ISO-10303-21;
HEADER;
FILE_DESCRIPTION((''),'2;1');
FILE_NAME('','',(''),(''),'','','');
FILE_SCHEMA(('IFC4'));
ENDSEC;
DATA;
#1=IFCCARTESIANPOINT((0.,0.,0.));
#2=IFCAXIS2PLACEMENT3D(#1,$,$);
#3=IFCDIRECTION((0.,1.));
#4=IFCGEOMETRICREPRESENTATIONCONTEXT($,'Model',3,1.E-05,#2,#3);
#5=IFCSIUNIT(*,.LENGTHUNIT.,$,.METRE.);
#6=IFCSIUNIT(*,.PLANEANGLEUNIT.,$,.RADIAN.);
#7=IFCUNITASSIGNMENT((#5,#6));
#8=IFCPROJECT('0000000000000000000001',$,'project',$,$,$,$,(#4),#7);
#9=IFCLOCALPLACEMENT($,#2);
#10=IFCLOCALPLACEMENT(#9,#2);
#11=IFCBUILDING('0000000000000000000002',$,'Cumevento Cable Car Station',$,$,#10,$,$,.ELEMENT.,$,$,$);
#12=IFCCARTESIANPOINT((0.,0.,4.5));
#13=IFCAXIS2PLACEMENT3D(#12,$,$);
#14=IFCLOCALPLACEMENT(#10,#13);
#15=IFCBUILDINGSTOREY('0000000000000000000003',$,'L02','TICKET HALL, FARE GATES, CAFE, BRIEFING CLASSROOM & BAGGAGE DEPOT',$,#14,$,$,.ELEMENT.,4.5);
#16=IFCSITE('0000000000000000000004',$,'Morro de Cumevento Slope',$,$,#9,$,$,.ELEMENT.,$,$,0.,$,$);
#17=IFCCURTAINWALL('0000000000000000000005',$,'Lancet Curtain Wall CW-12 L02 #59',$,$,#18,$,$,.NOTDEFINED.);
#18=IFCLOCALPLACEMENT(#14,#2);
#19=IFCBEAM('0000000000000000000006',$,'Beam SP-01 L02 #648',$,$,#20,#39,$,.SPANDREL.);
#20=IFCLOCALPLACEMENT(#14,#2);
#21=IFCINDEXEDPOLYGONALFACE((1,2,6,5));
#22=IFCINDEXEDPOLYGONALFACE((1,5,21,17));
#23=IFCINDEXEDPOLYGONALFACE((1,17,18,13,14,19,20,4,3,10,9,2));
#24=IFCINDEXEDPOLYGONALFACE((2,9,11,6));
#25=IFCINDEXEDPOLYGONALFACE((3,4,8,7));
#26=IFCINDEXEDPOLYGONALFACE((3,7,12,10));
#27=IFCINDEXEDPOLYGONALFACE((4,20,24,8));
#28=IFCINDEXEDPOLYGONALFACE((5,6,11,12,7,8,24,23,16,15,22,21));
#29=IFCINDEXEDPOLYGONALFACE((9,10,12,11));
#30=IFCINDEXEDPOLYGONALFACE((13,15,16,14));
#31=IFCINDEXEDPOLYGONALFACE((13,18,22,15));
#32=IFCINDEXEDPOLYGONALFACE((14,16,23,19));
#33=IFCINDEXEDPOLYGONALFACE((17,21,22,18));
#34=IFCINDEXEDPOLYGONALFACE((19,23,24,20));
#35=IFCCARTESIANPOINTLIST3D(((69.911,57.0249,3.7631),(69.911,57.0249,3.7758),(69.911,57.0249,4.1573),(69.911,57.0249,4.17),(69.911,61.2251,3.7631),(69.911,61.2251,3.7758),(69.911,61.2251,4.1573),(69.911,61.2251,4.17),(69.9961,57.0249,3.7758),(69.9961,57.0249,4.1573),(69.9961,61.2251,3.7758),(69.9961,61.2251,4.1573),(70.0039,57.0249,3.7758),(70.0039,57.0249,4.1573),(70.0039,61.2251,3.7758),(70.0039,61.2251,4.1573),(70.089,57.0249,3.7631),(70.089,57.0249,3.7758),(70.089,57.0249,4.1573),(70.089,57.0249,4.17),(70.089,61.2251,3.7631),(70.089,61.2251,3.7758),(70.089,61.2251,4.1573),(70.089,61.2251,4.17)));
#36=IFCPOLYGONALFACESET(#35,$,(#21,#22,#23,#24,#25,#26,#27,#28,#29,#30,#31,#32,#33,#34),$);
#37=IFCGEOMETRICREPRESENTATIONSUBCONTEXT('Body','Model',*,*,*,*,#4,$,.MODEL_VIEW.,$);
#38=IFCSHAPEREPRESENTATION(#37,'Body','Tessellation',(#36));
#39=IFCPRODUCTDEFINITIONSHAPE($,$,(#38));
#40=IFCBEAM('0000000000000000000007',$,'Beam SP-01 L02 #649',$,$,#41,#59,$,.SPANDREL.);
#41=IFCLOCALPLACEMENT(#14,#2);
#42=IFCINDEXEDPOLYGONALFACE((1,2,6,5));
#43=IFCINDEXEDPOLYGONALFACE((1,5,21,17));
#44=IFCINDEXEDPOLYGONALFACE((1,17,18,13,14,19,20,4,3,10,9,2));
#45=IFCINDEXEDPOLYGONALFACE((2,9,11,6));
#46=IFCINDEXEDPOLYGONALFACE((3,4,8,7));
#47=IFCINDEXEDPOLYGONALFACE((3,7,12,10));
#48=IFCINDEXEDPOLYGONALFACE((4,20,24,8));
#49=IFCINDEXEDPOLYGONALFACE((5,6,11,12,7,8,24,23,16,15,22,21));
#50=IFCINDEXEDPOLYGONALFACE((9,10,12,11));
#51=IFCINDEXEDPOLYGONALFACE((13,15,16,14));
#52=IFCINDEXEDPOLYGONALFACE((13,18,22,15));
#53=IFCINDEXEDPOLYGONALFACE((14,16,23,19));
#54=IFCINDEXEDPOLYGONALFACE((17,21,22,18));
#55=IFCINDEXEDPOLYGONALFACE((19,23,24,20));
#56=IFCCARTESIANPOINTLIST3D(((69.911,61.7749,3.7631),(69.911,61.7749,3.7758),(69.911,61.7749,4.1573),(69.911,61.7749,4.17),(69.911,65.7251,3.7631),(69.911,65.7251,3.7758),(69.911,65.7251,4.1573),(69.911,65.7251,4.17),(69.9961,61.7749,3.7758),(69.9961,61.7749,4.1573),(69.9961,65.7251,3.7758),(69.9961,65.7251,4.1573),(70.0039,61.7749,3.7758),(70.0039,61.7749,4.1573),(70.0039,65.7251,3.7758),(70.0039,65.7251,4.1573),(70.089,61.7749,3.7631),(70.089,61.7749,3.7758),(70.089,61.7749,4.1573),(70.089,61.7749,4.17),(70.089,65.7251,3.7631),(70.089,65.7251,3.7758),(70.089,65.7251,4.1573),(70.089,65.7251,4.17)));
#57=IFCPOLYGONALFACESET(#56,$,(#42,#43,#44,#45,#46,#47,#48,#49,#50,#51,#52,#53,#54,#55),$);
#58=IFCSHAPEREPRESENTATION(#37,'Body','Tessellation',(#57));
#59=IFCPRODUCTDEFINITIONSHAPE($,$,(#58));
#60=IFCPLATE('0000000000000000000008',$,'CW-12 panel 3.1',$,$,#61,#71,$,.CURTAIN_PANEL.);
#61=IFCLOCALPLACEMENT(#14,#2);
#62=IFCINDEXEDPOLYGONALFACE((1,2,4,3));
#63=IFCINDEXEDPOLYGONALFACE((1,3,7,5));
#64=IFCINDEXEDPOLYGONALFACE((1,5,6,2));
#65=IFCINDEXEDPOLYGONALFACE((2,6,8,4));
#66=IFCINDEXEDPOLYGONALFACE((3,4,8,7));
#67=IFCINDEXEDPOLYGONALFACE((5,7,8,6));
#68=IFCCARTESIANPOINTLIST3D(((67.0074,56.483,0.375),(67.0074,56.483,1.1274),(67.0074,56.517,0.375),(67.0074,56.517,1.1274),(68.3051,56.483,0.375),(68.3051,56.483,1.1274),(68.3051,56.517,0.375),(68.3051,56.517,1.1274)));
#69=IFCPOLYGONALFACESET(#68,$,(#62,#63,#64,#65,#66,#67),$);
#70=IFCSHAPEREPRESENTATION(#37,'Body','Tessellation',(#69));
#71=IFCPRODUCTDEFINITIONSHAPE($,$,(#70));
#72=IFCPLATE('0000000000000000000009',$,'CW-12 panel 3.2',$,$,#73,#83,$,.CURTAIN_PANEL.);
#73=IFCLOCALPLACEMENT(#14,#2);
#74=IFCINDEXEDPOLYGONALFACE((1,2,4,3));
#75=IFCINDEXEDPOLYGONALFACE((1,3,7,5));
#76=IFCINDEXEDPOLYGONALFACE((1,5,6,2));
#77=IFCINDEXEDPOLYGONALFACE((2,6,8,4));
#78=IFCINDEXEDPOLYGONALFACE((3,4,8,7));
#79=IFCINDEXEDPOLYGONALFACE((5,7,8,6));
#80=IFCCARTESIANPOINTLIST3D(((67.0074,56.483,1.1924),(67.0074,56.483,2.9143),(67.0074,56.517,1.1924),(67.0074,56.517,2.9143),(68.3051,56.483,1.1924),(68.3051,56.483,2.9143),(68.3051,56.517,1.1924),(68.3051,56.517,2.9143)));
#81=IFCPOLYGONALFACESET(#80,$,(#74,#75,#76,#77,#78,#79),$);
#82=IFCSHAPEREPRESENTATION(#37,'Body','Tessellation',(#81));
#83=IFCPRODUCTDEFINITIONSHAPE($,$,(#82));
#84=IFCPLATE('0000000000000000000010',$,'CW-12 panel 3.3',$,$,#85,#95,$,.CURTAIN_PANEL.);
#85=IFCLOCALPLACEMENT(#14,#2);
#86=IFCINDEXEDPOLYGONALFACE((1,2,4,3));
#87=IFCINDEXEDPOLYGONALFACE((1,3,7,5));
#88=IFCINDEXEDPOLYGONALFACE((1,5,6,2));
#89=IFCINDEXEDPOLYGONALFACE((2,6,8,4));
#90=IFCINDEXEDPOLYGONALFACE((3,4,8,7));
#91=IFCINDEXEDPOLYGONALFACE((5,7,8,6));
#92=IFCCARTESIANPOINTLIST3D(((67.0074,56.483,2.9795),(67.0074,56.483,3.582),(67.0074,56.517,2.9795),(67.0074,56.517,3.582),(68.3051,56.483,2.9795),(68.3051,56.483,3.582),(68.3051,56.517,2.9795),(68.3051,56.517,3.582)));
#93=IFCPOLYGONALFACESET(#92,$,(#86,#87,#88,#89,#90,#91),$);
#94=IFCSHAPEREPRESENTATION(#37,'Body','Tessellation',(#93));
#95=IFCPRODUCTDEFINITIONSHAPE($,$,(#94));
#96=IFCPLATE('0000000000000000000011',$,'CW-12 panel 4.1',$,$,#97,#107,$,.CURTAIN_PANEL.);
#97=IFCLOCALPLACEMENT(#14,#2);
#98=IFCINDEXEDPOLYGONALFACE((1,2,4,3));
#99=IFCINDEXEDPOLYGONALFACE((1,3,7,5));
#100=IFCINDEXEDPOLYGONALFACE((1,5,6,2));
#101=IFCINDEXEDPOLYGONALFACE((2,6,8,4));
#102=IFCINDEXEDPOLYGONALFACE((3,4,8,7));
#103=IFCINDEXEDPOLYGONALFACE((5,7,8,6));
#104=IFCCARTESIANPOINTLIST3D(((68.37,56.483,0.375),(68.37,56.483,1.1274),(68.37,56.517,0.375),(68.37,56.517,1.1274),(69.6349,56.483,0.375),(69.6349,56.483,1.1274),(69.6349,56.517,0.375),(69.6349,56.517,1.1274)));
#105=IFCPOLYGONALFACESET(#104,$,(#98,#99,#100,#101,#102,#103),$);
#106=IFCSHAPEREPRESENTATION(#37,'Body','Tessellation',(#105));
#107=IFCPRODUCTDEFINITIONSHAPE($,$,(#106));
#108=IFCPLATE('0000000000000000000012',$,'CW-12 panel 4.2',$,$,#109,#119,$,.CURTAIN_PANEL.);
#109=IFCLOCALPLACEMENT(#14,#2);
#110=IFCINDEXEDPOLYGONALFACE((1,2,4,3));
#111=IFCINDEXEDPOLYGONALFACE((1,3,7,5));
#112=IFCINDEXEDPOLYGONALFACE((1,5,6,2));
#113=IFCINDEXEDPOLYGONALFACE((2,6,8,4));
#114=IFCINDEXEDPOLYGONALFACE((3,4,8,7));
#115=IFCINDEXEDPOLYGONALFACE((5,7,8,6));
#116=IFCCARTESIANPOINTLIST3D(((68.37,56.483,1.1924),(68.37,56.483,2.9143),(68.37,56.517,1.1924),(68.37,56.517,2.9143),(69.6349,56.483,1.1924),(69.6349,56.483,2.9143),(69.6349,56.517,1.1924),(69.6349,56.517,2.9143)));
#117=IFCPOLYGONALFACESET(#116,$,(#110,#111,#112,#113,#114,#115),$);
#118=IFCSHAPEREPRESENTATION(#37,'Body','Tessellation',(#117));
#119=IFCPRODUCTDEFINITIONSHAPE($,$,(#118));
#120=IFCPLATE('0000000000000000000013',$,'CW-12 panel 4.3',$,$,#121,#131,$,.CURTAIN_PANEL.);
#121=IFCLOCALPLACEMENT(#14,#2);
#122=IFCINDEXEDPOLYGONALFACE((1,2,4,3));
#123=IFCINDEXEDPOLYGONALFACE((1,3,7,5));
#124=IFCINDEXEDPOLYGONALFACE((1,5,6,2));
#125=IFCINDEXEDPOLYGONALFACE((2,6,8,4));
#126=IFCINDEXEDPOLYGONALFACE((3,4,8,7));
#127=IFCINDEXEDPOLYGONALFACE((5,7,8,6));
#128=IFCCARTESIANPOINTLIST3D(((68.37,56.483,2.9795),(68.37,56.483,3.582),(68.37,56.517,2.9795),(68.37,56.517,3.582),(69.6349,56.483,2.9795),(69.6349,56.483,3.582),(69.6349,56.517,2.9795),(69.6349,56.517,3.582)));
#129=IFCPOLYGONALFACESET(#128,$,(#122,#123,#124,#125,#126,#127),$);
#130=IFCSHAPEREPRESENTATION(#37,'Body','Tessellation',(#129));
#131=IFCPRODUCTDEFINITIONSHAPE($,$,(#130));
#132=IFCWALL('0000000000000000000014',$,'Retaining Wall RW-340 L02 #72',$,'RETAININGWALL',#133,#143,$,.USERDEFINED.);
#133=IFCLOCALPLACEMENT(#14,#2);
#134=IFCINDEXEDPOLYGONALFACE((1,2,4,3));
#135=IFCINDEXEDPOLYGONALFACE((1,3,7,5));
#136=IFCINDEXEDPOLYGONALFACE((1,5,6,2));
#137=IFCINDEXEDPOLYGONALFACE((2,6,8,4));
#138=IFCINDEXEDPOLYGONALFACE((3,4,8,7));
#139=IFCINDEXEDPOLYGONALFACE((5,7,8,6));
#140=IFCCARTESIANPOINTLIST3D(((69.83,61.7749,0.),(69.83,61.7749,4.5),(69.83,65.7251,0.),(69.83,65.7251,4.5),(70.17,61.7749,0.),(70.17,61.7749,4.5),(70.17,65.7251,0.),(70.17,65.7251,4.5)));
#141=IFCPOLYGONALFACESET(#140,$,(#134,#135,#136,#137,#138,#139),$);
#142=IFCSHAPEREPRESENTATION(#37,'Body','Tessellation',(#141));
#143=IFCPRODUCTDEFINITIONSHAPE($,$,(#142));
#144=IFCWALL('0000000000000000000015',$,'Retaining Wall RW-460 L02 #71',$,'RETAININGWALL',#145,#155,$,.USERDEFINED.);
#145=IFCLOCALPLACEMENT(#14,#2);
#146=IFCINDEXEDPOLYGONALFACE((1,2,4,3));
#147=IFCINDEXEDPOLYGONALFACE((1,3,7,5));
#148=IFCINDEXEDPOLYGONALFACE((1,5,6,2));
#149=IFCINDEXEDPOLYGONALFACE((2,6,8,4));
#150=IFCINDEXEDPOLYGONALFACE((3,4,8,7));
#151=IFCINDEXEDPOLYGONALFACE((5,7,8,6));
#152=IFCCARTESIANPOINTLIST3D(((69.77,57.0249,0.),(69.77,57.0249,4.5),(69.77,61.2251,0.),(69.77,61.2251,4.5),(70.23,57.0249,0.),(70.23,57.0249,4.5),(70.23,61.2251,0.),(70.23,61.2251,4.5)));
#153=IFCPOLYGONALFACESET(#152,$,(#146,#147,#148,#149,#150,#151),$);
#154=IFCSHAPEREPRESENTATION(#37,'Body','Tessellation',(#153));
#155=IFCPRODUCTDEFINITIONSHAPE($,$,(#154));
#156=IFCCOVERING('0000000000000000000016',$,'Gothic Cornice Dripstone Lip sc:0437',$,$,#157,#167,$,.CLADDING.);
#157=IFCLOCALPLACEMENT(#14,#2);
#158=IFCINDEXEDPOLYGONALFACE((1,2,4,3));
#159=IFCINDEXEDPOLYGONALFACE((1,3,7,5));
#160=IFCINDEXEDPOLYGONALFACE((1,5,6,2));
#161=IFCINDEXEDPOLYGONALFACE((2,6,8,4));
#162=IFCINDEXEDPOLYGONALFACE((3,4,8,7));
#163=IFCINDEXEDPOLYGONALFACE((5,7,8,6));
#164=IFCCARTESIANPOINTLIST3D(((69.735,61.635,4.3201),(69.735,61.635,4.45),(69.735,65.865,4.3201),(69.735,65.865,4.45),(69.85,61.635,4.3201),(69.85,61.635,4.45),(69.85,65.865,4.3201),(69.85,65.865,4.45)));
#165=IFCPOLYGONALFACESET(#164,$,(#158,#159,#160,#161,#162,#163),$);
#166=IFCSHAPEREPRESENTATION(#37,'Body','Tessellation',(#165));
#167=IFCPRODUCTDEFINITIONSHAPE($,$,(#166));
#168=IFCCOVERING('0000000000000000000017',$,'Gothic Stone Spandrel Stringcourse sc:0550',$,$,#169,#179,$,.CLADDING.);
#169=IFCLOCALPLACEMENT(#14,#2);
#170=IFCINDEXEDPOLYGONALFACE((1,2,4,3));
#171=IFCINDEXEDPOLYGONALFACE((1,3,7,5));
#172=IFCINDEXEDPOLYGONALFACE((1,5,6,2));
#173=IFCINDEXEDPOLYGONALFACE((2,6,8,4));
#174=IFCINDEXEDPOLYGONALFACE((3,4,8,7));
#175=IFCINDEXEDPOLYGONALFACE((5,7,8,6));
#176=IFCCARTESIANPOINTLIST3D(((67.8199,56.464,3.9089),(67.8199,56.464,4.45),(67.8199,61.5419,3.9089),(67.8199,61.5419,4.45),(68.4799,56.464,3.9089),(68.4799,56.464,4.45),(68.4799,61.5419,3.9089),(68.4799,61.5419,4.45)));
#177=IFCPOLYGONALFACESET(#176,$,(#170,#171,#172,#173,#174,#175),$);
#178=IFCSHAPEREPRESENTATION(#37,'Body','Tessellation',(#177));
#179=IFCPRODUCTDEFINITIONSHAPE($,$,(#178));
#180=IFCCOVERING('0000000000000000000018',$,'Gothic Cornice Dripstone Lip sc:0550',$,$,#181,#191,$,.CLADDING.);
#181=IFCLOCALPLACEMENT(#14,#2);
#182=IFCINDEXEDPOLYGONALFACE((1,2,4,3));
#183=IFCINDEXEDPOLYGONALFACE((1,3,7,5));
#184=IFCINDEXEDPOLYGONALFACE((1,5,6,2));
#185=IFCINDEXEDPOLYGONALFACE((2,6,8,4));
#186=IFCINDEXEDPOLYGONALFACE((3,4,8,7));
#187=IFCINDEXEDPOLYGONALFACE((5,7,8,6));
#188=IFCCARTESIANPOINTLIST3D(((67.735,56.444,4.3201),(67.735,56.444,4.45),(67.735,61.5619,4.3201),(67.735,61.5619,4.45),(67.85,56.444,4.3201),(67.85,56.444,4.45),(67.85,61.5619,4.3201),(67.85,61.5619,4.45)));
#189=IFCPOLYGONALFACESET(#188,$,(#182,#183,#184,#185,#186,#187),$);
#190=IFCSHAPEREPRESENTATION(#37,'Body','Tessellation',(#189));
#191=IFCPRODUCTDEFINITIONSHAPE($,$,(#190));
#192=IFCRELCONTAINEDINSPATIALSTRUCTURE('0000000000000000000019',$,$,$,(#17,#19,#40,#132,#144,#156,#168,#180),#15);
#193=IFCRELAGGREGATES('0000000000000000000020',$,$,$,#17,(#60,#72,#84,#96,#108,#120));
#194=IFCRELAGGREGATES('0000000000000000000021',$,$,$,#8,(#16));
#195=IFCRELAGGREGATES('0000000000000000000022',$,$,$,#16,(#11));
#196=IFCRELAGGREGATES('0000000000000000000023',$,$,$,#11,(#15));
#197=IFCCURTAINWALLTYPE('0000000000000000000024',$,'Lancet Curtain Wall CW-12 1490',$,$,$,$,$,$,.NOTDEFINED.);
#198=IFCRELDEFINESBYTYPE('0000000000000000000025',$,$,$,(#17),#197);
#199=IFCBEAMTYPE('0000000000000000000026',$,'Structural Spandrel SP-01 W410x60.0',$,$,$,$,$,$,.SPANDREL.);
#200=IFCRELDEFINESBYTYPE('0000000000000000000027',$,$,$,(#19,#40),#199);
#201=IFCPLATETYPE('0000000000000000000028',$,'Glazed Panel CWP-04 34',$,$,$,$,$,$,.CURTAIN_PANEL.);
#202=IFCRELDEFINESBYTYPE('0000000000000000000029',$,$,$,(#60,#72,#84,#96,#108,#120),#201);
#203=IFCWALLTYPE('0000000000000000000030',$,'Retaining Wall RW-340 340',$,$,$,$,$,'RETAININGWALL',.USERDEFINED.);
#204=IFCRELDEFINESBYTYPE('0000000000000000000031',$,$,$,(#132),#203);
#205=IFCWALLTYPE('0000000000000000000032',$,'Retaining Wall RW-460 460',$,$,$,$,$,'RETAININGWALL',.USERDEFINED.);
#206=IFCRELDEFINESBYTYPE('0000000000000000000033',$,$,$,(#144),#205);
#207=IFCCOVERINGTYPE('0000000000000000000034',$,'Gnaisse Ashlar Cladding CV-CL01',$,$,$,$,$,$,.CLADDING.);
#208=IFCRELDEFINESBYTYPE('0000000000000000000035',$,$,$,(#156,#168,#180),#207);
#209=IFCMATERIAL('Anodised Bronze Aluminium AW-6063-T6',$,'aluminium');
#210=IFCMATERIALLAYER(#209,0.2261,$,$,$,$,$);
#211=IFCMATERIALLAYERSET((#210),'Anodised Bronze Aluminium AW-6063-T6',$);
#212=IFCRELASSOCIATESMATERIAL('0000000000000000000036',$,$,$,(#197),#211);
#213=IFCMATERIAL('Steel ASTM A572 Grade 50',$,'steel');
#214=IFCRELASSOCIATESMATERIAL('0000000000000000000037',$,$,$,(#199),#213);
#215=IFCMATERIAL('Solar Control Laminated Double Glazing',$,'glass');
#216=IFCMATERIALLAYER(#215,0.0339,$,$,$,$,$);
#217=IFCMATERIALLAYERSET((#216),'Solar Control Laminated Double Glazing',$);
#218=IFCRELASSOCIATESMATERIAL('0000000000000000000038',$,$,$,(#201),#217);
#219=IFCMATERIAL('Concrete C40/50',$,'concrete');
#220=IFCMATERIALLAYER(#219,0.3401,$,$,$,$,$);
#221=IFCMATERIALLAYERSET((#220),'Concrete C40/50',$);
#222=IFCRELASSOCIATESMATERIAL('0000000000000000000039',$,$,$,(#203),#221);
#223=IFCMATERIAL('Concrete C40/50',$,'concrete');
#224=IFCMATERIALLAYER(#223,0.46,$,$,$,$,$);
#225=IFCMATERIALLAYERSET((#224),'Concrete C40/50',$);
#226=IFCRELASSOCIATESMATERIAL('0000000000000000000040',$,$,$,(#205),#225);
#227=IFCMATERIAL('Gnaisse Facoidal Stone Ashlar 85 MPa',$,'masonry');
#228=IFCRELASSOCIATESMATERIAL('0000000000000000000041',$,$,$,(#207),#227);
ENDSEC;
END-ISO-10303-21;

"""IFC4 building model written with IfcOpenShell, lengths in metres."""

from ifc_helpers import new_model, si_unit, direction, frame, frame_2d, origin, origin_2d, place, context, subcontext, project, spatial, rectangle, i_section, extrude, material, layer, layer_set, material_profile, profile_set, type_object, element, aggregate, save


model = new_model("IFC4")

# Units and contexts
model_context = context("Model", 3, precision=1e-05, world=origin(), true_north=direction((0.0, 1.0)))
body_context = subcontext(model_context, "Body", "Model", "MODEL_VIEW")
ifc_project = project(units=[si_unit("LENGTHUNIT", "METRE"), si_unit("PLANEANGLEUNIT", "RADIAN")], contexts=[model_context])

# Site, building, storey
site_placement = place(None, origin())
site = spatial("IfcSite", under=ifc_project, at=site_placement, Name="Morro de Cumevento Slope", CompositionType="ELEMENT", RefElevation=0.0)
building_placement = place(site_placement, origin())
building = spatial("IfcBuilding", under=site, at=building_placement, Name="Cumevento Cable Car Station", CompositionType="ELEMENT")
storey_placement = place(building_placement, frame((0.0, 0.0, 4.5)))
storey = spatial("IfcBuildingStorey", under=building, at=storey_placement, Name="L02", Description="TICKET HALL, FARE GATES, CAFE, BRIEFING CLASSROOM & BAGGAGE DEPOT", CompositionType="ELEMENT", Elevation=4.5)

# Curtain wall
ifc_material_1 = material(Name="Anodised Bronze Aluminium AW-6063-T6", Category="aluminium")
ifc_layer_1 = layer(ifc_material_1, 0.2261)
ifc_layer_set_1 = layer_set([ifc_layer_1], Name="Anodised Bronze Aluminium AW-6063-T6")
curtain_wall_type = type_object("IfcCurtainWallType", Name="Lancet Curtain Wall CW-12 1490", PredefinedType="NOTDEFINED", material=ifc_layer_set_1)
curtain_wall_placement = place(storey_placement, origin())
curtain_wall = element("IfcCurtainWall", 1, at=curtain_wall_placement, inside=storey, type_object=curtain_wall_type, Name="Lancet Curtain Wall CW-12 L02 #59", PredefinedType="NOTDEFINED")

# Beams
ifc_material_2 = material(Name="Steel ASTM A572 Grade 50", Category="steel")
ifc_material_profile_1 = material_profile(ifc_material_2, i_section(OverallWidth=0.178, OverallDepth=0.407, WebThickness=0.0078, FlangeThickness=0.0127, at=origin_2d()), Name="W410x60.0")
ifc_profile_set_1 = profile_set([ifc_material_profile_1], Name="Steel ASTM A572 Grade 50")
beam_type_1 = type_object("IfcBeamType", Name="Structural Spandrel SP-01 W410x60.0", PredefinedType="SPANDREL", material=ifc_profile_set_1)
beam_1_placement = place(storey_placement, frame((70.0, 57.0249, 3.9666), z_axis=(0.0, 1.0, 0.0), x_axis=(-1.0, 0.0, 0.0)))
element("IfcBeam", 2, at=beam_1_placement, inside=storey, type_object=beam_type_1, Name="Beam SP-01 L02 #648", PredefinedType="SPANDREL", context=body_context, shape_type="SweptSolid", body=[
    extrude(i_section(OverallWidth=0.178, OverallDepth=0.407, WebThickness=0.0078, FlangeThickness=0.0127, at=origin_2d()), origin(), (0.0, 0.0, 1.0), 4.2002),
])
beam_2_placement = place(storey_placement, frame((70.0, 61.7749, 3.9666), z_axis=(0.0, 1.0, 0.0), x_axis=(-1.0, 0.0, 0.0)))
element("IfcBeam", 3, at=beam_2_placement, inside=storey, type_object=beam_type_1, Name="Beam SP-01 L02 #649", PredefinedType="SPANDREL", context=body_context, shape_type="SweptSolid", body=[
    extrude(i_section(OverallWidth=0.178, OverallDepth=0.407, WebThickness=0.0078, FlangeThickness=0.0127, at=origin_2d()), origin(), (0.0, 0.0, 1.0), 3.9502),
])

# Plates
ifc_material_3 = material(Name="Solar Control Laminated Double Glazing", Category="glass")
ifc_layer_2 = layer(ifc_material_3, 0.0339)
ifc_layer_set_2 = layer_set([ifc_layer_2], Name="Solar Control Laminated Double Glazing")
plate_type = type_object("IfcPlateType", Name="Glazed Panel CWP-04 34", PredefinedType="CURTAIN_PANEL", material=ifc_layer_set_2)
plate_1_placement = place(storey_placement, frame((67.6562, 56.5, 0.375), z_axis=(0.0, 0.0, 1.0), x_axis=(1.0, 0.0, 0.0)))
plate_1 = element("IfcPlate", 4, at=plate_1_placement, type_object=plate_type, Name="CW-12 panel 3.1", PredefinedType="CURTAIN_PANEL", context=body_context, shape_type="SweptSolid", body=[
    extrude(rectangle(XDim=1.2976, YDim=0.0339, at=origin_2d()), origin(), (0.0, 0.0, 1.0), 0.7524),
])
plate_2_placement = place(storey_placement, frame((67.6562, 56.5, 1.1924), z_axis=(0.0, 0.0, 1.0), x_axis=(1.0, 0.0, 0.0)))
plate_2 = element("IfcPlate", 5, at=plate_2_placement, type_object=plate_type, Name="CW-12 panel 3.2", PredefinedType="CURTAIN_PANEL", context=body_context, shape_type="SweptSolid", body=[
    extrude(rectangle(XDim=1.2976, YDim=0.0339, at=origin_2d()), origin(), (0.0, 0.0, 1.0), 1.7219),
])
plate_3_placement = place(storey_placement, frame((67.6562, 56.5, 2.9795), z_axis=(0.0, 0.0, 1.0), x_axis=(1.0, 0.0, 0.0)))
plate_3 = element("IfcPlate", 6, at=plate_3_placement, type_object=plate_type, Name="CW-12 panel 3.3", PredefinedType="CURTAIN_PANEL", context=body_context, shape_type="SweptSolid", body=[
    extrude(rectangle(XDim=1.2976, YDim=0.0339, at=origin_2d()), origin(), (0.0, 0.0, 1.0), 0.6025),
])
plate_4_placement = place(storey_placement, frame((69.0024, 56.5, 0.375), z_axis=(0.0, 0.0, 1.0), x_axis=(1.0, 0.0, 0.0)))
plate_4 = element("IfcPlate", 7, at=plate_4_placement, type_object=plate_type, Name="CW-12 panel 4.1", PredefinedType="CURTAIN_PANEL", context=body_context, shape_type="SweptSolid", body=[
    extrude(rectangle(XDim=1.2649, YDim=0.0339, at=origin_2d()), origin(), (0.0, 0.0, 1.0), 0.7524),
])
plate_5_placement = place(storey_placement, frame((69.0024, 56.5, 1.1924), z_axis=(0.0, 0.0, 1.0), x_axis=(1.0, 0.0, 0.0)))
plate_5 = element("IfcPlate", 8, at=plate_5_placement, type_object=plate_type, Name="CW-12 panel 4.2", PredefinedType="CURTAIN_PANEL", context=body_context, shape_type="SweptSolid", body=[
    extrude(rectangle(XDim=1.2649, YDim=0.0339, at=origin_2d()), origin(), (0.0, 0.0, 1.0), 1.7219),
])
plate_6_placement = place(storey_placement, frame((69.0024, 56.5, 2.9795), z_axis=(0.0, 0.0, 1.0), x_axis=(1.0, 0.0, 0.0)))
plate_6 = element("IfcPlate", 9, at=plate_6_placement, type_object=plate_type, Name="CW-12 panel 4.3", PredefinedType="CURTAIN_PANEL", context=body_context, shape_type="SweptSolid", body=[
    extrude(rectangle(XDim=1.2649, YDim=0.0339, at=origin_2d()), origin(), (0.0, 0.0, 1.0), 0.6025),
])
aggregate(curtain_wall, [plate_1, plate_2, plate_3, plate_4, plate_5, plate_6])

# Walls
ifc_material_4 = material(Name="Concrete C40/50", Category="concrete")
ifc_layer_3 = layer(ifc_material_4, 0.3401)
ifc_layer_set_3 = layer_set([ifc_layer_3], Name="Concrete C40/50")
wall_type_1 = type_object("IfcWallType", Name="Retaining Wall RW-340 340", ElementType="RETAININGWALL", PredefinedType="USERDEFINED", material=ifc_layer_set_3)
wall_1_placement = place(storey_placement, frame((70.0, 61.7749, 0.0), z_axis=(0.0, 0.0, 1.0), x_axis=(0.0, 1.0, 0.0)))
element("IfcWall", 10, at=wall_1_placement, inside=storey, type_object=wall_type_1, Name="Retaining Wall RW-340 L02 #72", ObjectType="RETAININGWALL", PredefinedType="USERDEFINED", context=body_context, shape_type="SweptSolid", body=[
    extrude(rectangle(XDim=3.9502, YDim=0.3401, at=frame_2d((1.9751, 0.0))), origin(), (0.0, 0.0, 1.0), 4.5),
])
ifc_material_5 = material(Name="Concrete C40/50", Category="concrete")
ifc_layer_4 = layer(ifc_material_5, 0.46)
ifc_layer_set_4 = layer_set([ifc_layer_4], Name="Concrete C40/50")
wall_type_2 = type_object("IfcWallType", Name="Retaining Wall RW-460 460", ElementType="RETAININGWALL", PredefinedType="USERDEFINED", material=ifc_layer_set_4)
wall_2_placement = place(storey_placement, frame((70.0, 57.0249, 0.0), z_axis=(0.0, 0.0, 1.0), x_axis=(0.0, 1.0, 0.0)))
element("IfcWall", 11, at=wall_2_placement, inside=storey, type_object=wall_type_2, Name="Retaining Wall RW-460 L02 #71", ObjectType="RETAININGWALL", PredefinedType="USERDEFINED", context=body_context, shape_type="SweptSolid", body=[
    extrude(rectangle(XDim=4.2002, YDim=0.46, at=frame_2d((2.1001, 0.0))), origin(), (0.0, 0.0, 1.0), 4.5),
])

# Coverings
ifc_material_6 = material(Name="Gnaisse Facoidal Stone Ashlar 85 MPa", Category="masonry")
covering_type = type_object("IfcCoveringType", Name="Gnaisse Ashlar Cladding CV-CL01", PredefinedType="CLADDING", material=ifc_material_6)
covering_1_placement = place(storey_placement, frame((69.7925, 63.75, 4.3201), z_axis=(0.0, 0.0, 1.0), x_axis=(0.0, 1.0, 0.0)))
element("IfcCovering", 12, at=covering_1_placement, inside=storey, type_object=covering_type, Name="Gothic Cornice Dripstone Lip sc:0437", PredefinedType="CLADDING", context=body_context, shape_type="SweptSolid", body=[
    extrude(rectangle(XDim=4.23, YDim=0.115, at=origin_2d()), origin(), (0.0, 0.0, 1.0), 0.1299),
])
covering_2_placement = place(storey_placement, frame((68.1499, 59.0029, 3.9089), z_axis=(0.0, 0.0, 1.0), x_axis=(0.0, 1.0, 0.0)))
element("IfcCovering", 13, at=covering_2_placement, inside=storey, type_object=covering_type, Name="Gothic Stone Spandrel Stringcourse sc:0550", PredefinedType="CLADDING", context=body_context, shape_type="SweptSolid", body=[
    extrude(rectangle(XDim=5.0779, YDim=0.6599, at=origin_2d()), origin(), (0.0, 0.0, 1.0), 0.541),
])
covering_3_placement = place(storey_placement, frame((67.7925, 59.0029, 4.3201), z_axis=(0.0, 0.0, 1.0), x_axis=(0.0, 1.0, 0.0)))
element("IfcCovering", 14, at=covering_3_placement, inside=storey, type_object=covering_type, Name="Gothic Cornice Dripstone Lip sc:0550", PredefinedType="CLADDING", context=body_context, shape_type="SweptSolid", body=[
    extrude(rectangle(XDim=5.1179, YDim=0.115, at=origin_2d()), origin(), (0.0, 0.0, 1.0), 0.1299),
])

save(model, "model.ifc")
